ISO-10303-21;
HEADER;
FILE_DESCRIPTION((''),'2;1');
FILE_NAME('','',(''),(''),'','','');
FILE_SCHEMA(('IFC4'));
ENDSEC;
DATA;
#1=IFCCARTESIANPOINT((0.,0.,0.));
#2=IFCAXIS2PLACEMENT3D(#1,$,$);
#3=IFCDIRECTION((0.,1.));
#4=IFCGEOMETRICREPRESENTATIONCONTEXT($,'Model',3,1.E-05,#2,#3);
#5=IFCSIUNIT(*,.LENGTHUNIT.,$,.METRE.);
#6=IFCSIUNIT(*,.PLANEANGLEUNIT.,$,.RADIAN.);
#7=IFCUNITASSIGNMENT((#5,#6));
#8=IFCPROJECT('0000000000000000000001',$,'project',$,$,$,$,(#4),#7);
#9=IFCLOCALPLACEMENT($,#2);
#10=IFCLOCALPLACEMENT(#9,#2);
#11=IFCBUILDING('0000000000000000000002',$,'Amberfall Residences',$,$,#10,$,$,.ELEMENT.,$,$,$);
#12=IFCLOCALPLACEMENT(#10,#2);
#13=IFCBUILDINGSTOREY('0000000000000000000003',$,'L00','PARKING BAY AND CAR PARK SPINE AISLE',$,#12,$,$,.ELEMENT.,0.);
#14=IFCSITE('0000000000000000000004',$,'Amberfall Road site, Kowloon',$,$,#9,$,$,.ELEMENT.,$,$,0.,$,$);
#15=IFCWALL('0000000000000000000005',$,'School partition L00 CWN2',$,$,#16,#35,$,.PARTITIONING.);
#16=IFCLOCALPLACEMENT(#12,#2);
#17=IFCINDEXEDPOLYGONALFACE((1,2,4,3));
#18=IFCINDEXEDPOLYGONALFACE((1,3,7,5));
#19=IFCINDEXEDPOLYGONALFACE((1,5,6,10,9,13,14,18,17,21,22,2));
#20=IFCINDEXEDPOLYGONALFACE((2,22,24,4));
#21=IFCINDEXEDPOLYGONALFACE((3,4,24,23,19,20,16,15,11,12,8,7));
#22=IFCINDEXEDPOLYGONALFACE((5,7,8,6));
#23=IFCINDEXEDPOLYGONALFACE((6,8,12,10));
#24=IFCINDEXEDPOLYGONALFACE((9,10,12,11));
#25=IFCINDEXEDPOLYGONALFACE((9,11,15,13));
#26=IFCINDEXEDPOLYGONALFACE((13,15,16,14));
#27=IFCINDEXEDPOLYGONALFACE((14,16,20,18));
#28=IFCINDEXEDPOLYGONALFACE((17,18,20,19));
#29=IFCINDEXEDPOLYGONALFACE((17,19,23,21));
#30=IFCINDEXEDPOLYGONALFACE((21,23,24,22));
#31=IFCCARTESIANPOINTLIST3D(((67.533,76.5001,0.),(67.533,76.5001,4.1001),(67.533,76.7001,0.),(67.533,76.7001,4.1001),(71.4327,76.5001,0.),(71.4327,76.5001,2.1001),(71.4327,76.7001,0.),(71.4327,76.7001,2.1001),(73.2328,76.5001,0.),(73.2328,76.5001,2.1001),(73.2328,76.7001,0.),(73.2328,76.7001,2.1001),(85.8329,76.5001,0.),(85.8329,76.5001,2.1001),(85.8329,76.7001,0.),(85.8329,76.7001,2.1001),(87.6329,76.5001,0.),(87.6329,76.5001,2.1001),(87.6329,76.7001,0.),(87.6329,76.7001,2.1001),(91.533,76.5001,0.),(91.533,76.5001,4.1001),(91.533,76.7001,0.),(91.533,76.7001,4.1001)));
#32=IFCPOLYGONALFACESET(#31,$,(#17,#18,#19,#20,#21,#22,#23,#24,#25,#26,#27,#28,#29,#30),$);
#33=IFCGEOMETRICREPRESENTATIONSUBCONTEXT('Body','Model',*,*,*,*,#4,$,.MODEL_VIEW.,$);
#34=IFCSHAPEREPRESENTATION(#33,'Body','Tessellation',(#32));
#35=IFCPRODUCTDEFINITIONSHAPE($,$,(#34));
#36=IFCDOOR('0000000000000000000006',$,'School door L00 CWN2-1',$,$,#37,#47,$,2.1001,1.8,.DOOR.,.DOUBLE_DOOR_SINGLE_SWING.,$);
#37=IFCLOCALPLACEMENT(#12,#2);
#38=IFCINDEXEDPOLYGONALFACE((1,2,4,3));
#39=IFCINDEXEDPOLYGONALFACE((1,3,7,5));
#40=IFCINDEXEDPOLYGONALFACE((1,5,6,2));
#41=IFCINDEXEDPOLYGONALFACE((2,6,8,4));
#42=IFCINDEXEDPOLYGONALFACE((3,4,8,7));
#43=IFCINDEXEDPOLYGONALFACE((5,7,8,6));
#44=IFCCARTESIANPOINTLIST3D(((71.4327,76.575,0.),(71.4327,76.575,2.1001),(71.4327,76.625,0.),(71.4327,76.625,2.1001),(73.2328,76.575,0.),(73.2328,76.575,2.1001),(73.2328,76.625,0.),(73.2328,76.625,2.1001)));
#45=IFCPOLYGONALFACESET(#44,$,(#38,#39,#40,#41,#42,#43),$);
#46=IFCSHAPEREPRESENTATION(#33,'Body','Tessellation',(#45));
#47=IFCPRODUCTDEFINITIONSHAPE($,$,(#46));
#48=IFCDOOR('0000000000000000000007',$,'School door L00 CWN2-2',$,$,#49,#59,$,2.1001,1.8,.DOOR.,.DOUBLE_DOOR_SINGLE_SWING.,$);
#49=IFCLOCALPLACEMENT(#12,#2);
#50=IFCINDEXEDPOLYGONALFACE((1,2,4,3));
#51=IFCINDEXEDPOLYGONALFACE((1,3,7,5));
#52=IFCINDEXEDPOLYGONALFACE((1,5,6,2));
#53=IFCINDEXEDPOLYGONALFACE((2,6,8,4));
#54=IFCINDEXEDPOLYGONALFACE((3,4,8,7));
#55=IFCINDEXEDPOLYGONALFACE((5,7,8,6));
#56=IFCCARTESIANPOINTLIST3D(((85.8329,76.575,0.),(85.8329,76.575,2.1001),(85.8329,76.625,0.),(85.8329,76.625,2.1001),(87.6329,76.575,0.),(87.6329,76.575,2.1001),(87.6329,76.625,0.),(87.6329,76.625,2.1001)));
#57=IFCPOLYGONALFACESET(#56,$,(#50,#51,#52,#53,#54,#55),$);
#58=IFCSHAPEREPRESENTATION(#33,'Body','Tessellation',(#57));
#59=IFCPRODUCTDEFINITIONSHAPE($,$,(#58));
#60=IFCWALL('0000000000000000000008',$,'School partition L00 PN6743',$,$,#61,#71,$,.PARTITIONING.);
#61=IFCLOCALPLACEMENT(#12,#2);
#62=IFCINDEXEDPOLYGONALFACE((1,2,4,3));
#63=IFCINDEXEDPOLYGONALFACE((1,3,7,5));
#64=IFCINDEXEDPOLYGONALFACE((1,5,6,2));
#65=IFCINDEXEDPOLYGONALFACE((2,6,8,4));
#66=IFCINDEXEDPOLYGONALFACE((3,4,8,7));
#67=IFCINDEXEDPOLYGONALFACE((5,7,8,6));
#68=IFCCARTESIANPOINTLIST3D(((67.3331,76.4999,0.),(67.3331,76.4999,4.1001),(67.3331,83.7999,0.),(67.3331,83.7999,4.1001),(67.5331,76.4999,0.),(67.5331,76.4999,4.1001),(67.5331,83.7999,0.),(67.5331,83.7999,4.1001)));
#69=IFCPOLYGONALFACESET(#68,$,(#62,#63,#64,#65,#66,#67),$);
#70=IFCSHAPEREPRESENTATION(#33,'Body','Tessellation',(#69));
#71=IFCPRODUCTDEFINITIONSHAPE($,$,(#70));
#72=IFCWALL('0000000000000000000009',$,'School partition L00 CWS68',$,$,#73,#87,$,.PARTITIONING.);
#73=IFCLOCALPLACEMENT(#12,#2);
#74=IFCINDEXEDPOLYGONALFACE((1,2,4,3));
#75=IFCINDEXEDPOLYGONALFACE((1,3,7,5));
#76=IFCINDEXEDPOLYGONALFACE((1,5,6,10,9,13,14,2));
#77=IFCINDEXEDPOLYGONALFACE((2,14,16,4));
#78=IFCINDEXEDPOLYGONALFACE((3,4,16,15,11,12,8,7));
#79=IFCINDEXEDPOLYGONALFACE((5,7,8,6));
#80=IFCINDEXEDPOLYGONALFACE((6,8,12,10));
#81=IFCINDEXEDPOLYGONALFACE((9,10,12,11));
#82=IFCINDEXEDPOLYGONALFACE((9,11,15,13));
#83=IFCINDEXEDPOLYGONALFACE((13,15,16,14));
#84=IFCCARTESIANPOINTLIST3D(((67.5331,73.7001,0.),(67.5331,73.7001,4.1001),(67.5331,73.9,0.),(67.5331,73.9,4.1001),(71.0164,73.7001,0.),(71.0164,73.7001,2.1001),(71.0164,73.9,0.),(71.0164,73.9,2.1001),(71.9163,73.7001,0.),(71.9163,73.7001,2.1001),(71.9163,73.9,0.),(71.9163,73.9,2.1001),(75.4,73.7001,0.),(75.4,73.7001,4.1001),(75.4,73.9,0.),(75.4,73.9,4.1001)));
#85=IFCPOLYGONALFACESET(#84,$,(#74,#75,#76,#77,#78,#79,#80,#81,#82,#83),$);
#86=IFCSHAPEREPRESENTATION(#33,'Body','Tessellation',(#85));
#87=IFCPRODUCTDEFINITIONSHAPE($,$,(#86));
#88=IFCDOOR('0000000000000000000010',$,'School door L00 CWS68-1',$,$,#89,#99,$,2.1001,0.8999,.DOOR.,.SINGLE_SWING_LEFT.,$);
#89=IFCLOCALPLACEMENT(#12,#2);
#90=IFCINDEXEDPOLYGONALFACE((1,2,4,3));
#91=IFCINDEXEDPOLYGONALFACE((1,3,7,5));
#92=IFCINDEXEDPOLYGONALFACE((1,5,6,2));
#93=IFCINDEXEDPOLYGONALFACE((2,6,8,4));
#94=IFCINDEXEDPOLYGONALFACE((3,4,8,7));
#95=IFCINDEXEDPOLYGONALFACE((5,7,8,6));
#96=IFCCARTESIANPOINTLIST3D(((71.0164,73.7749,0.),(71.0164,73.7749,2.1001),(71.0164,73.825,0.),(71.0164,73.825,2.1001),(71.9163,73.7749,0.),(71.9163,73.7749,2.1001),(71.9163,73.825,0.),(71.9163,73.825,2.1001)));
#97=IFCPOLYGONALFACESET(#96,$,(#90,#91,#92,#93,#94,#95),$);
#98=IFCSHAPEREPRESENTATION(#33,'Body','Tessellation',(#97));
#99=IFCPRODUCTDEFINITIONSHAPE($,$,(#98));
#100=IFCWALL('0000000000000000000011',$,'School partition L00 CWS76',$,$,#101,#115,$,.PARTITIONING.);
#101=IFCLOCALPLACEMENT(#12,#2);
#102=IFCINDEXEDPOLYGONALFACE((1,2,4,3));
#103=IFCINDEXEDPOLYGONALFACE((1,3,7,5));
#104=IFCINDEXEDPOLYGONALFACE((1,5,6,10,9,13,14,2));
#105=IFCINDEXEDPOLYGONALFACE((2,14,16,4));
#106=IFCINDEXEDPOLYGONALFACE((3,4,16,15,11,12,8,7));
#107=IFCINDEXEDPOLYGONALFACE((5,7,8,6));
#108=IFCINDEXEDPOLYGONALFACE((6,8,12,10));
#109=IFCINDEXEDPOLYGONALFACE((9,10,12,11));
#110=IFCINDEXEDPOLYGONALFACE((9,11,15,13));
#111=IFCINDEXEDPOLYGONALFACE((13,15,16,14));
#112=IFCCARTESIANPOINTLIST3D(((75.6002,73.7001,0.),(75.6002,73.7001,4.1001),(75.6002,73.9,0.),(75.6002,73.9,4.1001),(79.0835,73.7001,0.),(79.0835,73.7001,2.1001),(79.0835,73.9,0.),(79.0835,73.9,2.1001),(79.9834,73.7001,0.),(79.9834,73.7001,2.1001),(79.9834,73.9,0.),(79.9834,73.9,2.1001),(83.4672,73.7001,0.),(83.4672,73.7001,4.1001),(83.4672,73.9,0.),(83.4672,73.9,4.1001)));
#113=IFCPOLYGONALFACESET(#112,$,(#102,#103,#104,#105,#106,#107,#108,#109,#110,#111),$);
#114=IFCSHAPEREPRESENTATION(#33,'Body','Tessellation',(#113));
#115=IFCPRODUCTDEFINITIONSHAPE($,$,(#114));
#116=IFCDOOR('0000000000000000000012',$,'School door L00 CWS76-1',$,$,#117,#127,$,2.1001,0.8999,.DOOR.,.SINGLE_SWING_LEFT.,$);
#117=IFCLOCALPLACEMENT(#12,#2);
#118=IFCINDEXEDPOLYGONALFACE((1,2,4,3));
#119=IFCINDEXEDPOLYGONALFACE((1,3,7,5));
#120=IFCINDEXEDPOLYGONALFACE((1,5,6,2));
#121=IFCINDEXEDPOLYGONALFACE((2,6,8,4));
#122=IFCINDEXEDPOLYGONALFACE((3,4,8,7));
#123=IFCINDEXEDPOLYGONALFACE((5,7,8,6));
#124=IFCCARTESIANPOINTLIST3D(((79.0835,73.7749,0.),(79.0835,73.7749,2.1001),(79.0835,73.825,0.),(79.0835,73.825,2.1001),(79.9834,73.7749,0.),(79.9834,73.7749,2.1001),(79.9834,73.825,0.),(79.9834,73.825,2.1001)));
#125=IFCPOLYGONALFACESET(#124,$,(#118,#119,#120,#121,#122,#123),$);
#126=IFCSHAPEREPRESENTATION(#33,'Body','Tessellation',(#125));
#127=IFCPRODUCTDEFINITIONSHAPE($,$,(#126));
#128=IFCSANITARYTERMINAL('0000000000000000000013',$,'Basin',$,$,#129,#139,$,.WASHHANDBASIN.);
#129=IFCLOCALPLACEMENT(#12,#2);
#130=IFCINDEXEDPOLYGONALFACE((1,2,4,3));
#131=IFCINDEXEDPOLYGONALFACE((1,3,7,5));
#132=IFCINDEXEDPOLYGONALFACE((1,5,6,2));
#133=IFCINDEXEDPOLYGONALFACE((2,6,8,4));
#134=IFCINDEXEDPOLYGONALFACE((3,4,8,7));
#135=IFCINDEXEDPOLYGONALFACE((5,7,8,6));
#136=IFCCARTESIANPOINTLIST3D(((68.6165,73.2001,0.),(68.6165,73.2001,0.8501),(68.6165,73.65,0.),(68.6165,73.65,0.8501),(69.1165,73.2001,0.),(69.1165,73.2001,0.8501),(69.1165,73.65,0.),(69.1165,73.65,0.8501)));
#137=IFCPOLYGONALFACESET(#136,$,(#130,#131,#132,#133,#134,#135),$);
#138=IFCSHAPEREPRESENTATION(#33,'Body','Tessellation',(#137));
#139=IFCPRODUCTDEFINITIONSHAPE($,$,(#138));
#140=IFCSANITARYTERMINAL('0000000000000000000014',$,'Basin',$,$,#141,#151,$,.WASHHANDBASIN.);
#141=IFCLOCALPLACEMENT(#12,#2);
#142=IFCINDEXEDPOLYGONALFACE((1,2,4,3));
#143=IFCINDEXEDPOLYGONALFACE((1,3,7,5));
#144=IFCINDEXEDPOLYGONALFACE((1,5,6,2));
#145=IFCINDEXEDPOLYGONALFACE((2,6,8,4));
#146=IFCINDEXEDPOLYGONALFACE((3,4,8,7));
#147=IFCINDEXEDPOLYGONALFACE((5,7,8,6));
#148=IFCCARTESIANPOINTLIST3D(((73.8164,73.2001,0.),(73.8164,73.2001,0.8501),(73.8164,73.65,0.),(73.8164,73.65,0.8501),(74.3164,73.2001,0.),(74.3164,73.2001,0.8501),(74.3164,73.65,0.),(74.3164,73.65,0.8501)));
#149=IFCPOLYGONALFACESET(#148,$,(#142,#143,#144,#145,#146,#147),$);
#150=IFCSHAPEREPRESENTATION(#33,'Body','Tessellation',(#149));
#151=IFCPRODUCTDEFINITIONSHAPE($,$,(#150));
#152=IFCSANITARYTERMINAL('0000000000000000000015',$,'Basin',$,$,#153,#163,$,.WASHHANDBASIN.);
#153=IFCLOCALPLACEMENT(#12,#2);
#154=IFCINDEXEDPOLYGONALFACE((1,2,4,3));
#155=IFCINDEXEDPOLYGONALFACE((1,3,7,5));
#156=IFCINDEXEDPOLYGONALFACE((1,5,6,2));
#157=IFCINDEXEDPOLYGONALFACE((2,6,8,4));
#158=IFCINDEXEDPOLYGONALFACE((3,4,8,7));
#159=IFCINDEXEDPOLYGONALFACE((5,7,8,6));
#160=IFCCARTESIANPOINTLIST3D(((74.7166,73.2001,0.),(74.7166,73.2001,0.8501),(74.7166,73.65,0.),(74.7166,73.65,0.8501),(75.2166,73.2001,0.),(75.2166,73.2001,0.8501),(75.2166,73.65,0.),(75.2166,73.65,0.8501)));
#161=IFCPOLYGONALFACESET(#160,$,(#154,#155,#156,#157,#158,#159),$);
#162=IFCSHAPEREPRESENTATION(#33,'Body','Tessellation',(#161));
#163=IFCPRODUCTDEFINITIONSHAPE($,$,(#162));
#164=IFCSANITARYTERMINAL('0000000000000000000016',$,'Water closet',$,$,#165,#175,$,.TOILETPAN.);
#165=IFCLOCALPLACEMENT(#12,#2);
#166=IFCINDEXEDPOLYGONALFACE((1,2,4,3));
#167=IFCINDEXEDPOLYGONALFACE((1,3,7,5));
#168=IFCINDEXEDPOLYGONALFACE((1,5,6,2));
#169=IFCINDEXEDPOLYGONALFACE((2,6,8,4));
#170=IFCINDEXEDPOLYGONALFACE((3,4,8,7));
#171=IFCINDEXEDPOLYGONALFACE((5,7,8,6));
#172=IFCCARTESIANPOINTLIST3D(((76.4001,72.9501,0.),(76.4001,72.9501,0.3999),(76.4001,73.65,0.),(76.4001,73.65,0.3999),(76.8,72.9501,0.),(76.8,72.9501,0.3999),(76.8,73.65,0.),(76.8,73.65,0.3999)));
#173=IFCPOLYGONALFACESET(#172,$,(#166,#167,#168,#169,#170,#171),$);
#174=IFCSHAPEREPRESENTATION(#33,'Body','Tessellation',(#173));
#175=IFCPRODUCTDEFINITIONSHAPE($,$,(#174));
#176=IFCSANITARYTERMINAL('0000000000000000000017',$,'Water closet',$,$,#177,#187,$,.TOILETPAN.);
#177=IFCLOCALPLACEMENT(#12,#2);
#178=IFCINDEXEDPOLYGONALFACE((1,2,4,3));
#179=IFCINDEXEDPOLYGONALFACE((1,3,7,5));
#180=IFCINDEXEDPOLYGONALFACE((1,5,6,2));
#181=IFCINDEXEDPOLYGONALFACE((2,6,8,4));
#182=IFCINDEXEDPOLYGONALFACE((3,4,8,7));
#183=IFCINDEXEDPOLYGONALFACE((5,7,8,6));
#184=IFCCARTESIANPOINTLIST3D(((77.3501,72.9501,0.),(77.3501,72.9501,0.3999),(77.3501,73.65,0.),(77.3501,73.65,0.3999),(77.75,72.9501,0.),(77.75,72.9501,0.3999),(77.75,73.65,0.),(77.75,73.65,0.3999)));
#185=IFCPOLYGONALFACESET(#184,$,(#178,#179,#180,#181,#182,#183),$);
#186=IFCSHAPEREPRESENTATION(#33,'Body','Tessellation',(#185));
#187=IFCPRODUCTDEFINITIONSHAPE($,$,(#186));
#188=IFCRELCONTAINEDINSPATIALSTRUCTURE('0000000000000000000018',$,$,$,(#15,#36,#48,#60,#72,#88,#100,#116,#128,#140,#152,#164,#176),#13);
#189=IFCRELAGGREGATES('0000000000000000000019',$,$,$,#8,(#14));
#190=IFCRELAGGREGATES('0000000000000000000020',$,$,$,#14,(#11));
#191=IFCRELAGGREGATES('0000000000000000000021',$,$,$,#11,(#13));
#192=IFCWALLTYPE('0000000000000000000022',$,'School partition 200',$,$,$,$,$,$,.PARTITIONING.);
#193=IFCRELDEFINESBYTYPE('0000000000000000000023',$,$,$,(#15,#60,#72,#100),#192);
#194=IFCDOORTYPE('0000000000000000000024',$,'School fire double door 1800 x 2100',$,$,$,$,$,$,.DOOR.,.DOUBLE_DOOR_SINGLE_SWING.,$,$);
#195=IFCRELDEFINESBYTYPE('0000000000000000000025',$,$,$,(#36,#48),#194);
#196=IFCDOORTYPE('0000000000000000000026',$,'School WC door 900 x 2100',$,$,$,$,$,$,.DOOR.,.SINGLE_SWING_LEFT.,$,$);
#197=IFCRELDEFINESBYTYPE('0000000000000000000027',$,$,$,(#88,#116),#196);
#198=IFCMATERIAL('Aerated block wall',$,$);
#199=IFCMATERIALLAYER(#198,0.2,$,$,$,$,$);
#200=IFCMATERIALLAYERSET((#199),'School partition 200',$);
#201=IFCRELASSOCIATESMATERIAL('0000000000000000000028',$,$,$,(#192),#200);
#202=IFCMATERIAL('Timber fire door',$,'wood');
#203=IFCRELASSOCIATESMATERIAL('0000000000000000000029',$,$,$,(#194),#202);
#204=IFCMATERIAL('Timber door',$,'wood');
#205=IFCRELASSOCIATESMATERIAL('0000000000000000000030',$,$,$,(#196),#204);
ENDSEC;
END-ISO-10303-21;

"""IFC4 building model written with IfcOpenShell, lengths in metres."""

from ifc_helpers import new_model, si_unit, direction, frame, frame_2d, origin, origin_2d, place, context, subcontext, project, spatial, rectangle, extrude, material, layer, layer_set, type_object, element, fill, save


model = new_model("IFC4")

# Units and contexts
model_context = context("Model", 3, precision=1e-05, world=origin(), true_north=direction((0.0, 1.0)))
body_context = subcontext(model_context, "Body", "Model", "MODEL_VIEW")
ifc_project = project(units=[si_unit("LENGTHUNIT", "METRE"), si_unit("PLANEANGLEUNIT", "RADIAN")], contexts=[model_context])

# Site, building, storey
site_placement = place(None, origin())
site = spatial("IfcSite", under=ifc_project, at=site_placement, Name="Amberfall Road site, Kowloon", CompositionType="ELEMENT", RefElevation=0.0)
building_placement = place(site_placement, origin())
building = spatial("IfcBuilding", under=site, at=building_placement, Name="Amberfall Residences", CompositionType="ELEMENT")
storey_placement = place(building_placement, origin())
storey = spatial("IfcBuildingStorey", under=building, at=storey_placement, Name="L00", Description="PARKING BAY AND CAR PARK SPINE AISLE", CompositionType="ELEMENT", Elevation=0.0)

# Shared definitions
ifc_material_1 = material(Name="Aerated block wall")
ifc_material_2 = material(Name="Timber door", Category="wood")

# Wall, openings, doors
ifc_layer_1 = layer(ifc_material_1, 0.2)
ifc_layer_set_1 = layer_set([ifc_layer_1], Name="School partition 200")
wall_type_1 = type_object("IfcWallType", Name="School partition 200", PredefinedType="PARTITIONING", material=ifc_layer_set_1)
wall_1_placement = place(storey_placement, frame((67.533, 76.6001, 0.0), z_axis=(0.0, 0.0, 1.0), x_axis=(1.0, 0.0, 0.0)))
wall_1 = element("IfcWall", 1, at=wall_1_placement, inside=storey, type_object=wall_type_1, Name="School partition L00 CWN2", PredefinedType="PARTITIONING", context=body_context, shape_type="SweptSolid", body=[
    extrude(rectangle(XDim=24.0, YDim=0.2, at=frame_2d((12.0, 0.0))), origin(), (0.0, 0.0, 1.0), 4.1001),
])
opening_1_placement = place(wall_1_placement, frame((3.8999, 0.0, 0.0)))
opening_1 = element("IfcOpeningElement", 2, at=opening_1_placement, cuts=wall_1, PredefinedType="OPENING", context=body_context, shape_type="SweptSolid", body=[
    extrude(rectangle(XDim=1.8, YDim=2.1001, at=frame_2d((0.8999, 1.05))), frame((0.0, 0.1099, 0.0), z_axis=(0.0, -1.0, 0.0), x_axis=(1.0, 0.0, 0.0)), (0.0, 0.0, 1.0), 0.22),
])
opening_2_placement = place(wall_1_placement, frame((18.3, 0.0, 0.0)))
opening_2 = element("IfcOpeningElement", 3, at=opening_2_placement, cuts=wall_1, PredefinedType="OPENING", context=body_context, shape_type="SweptSolid", body=[
    extrude(rectangle(XDim=1.8, YDim=2.1001, at=frame_2d((0.8999, 1.05))), frame((0.0, 0.1099, 0.0), z_axis=(0.0, -1.0, 0.0), x_axis=(1.0, 0.0, 0.0)), (0.0, 0.0, 1.0), 0.22),
])
ifc_material_3 = material(Name="Timber fire door", Category="wood")
door_type_1 = type_object("IfcDoorType", Name="School fire double door 1800 x 2100", OperationType="DOUBLE_DOOR_SINGLE_SWING", PredefinedType="DOOR", material=ifc_material_3)
door_1_placement = place(opening_1_placement, origin())
door_1 = element("IfcDoor", 4, at=door_1_placement, inside=storey, type_object=door_type_1, Name="School door L00 CWN2-1", OperationType="DOUBLE_DOOR_SINGLE_SWING", OverallHeight=2.1001, OverallWidth=1.8, PredefinedType="DOOR", context=body_context, shape_type="SweptSolid", body=[
    extrude(rectangle(XDim=1.8, YDim=2.1001, at=frame_2d((0.8999, 1.05))), frame((0.0, 0.0249, 0.0), z_axis=(0.0, -1.0, 0.0), x_axis=(1.0, 0.0, 0.0)), (0.0, 0.0, 1.0), 0.05),
])
fill(opening_1, door_1)
door_2_placement = place(opening_2_placement, origin())
door_2 = element("IfcDoor", 5, at=door_2_placement, inside=storey, type_object=door_type_1, Name="School door L00 CWN2-2", OperationType="DOUBLE_DOOR_SINGLE_SWING", OverallHeight=2.1001, OverallWidth=1.8, PredefinedType="DOOR", context=body_context, shape_type="SweptSolid", body=[
    extrude(rectangle(XDim=1.8, YDim=2.1001, at=frame_2d((0.8999, 1.05))), frame((0.0, 0.0249, 0.0), z_axis=(0.0, -1.0, 0.0), x_axis=(1.0, 0.0, 0.0)), (0.0, 0.0, 1.0), 0.05),
])
fill(opening_2, door_2)

# Wall
wall_2_placement = place(storey_placement, frame((67.4331, 76.5, 0.0), z_axis=(0.0, 0.0, 1.0), x_axis=(0.0, 1.0, 0.0)))
element("IfcWall", 6, at=wall_2_placement, inside=storey, type_object=wall_type_1, Name="School partition L00 PN6743", PredefinedType="PARTITIONING", context=body_context, shape_type="SweptSolid", body=[
    extrude(rectangle(XDim=7.3, YDim=0.2, at=frame_2d((3.6499, 0.0))), origin(), (0.0, 0.0, 1.0), 4.1001),
])

# Walls, openings, doors
wall_3_placement = place(storey_placement, frame((67.533, 73.8, 0.0), z_axis=(0.0, 0.0, 1.0), x_axis=(1.0, 0.0, 0.0)))
wall_3 = element("IfcWall", 7, at=wall_3_placement, inside=storey, type_object=wall_type_1, Name="School partition L00 CWS68", PredefinedType="PARTITIONING", context=body_context, shape_type="SweptSolid", body=[
    extrude(rectangle(XDim=7.8669, YDim=0.2, at=frame_2d((3.9336, 0.0))), origin(), (0.0, 0.0, 1.0), 4.1001),
])
opening_3_placement = place(wall_3_placement, frame((3.4834, 0.0, 0.0)))
opening_3 = element("IfcOpeningElement", 8, at=opening_3_placement, cuts=wall_3, PredefinedType="OPENING", context=body_context, shape_type="SweptSolid", body=[
    extrude(rectangle(XDim=0.8999, YDim=2.1001, at=frame_2d((0.45, 1.05))), frame((0.0, 0.1099, 0.0), z_axis=(0.0, -1.0, 0.0), x_axis=(1.0, 0.0, 0.0)), (0.0, 0.0, 1.0), 0.22),
])
door_type_2 = type_object("IfcDoorType", Name="School WC door 900 x 2100", OperationType="SINGLE_SWING_LEFT", PredefinedType="DOOR", material=ifc_material_2)
door_3_placement = place(opening_3_placement, origin())
door_3 = element("IfcDoor", 9, at=door_3_placement, inside=storey, type_object=door_type_2, Name="School door L00 CWS68-1", OperationType="SINGLE_SWING_LEFT", OverallHeight=2.1001, OverallWidth=0.8999, PredefinedType="DOOR", context=body_context, shape_type="SweptSolid", body=[
    extrude(rectangle(XDim=0.8999, YDim=2.1001, at=frame_2d((0.45, 1.05))), frame((0.0, 0.0249, 0.0), z_axis=(0.0, -1.0, 0.0), x_axis=(1.0, 0.0, 0.0)), (0.0, 0.0, 1.0), 0.05),
])
fill(opening_3, door_3)
wall_4_placement = place(storey_placement, frame((75.6001, 73.8, 0.0), z_axis=(0.0, 0.0, 1.0), x_axis=(1.0, 0.0, 0.0)))
wall_4 = element("IfcWall", 10, at=wall_4_placement, inside=storey, type_object=wall_type_1, Name="School partition L00 CWS76", PredefinedType="PARTITIONING", context=body_context, shape_type="SweptSolid", body=[
    extrude(rectangle(XDim=7.8669, YDim=0.2, at=frame_2d((3.9336, 0.0))), origin(), (0.0, 0.0, 1.0), 4.1001),
])
opening_4_placement = place(wall_4_placement, frame((3.4834, 0.0, 0.0)))
opening_4 = element("IfcOpeningElement", 11, at=opening_4_placement, cuts=wall_4, PredefinedType="OPENING", context=body_context, shape_type="SweptSolid", body=[
    extrude(rectangle(XDim=0.8999, YDim=2.1001, at=frame_2d((0.45, 1.05))), frame((0.0, 0.1099, 0.0), z_axis=(0.0, -1.0, 0.0), x_axis=(1.0, 0.0, 0.0)), (0.0, 0.0, 1.0), 0.22),
])
door_4_placement = place(opening_4_placement, origin())
door_4 = element("IfcDoor", 12, at=door_4_placement, inside=storey, type_object=door_type_2, Name="School door L00 CWS76-1", OperationType="SINGLE_SWING_LEFT", OverallHeight=2.1001, OverallWidth=0.8999, PredefinedType="DOOR", context=body_context, shape_type="SweptSolid", body=[
    extrude(rectangle(XDim=0.8999, YDim=2.1001, at=frame_2d((0.45, 1.05))), frame((0.0, 0.0249, 0.0), z_axis=(0.0, -1.0, 0.0), x_axis=(1.0, 0.0, 0.0)), (0.0, 0.0, 1.0), 0.05),
])
fill(opening_4, door_4)

# Sanitary terminals
for number, where, z_axis, x_axis, name in (
    (13, (68.8665, 73.425, 0.0), (0.0, 0.0, 1.0), (1.0, 0.0, 0.0), "Basin"),
    (14, (74.0664, 73.425, 0.0), (0.0, 0.0, 1.0), (1.0, 0.0, 0.0), "Basin"),
    (15, (74.9666, 73.425, 0.0), (0.0, 0.0, 1.0), (1.0, 0.0, 0.0), "Basin"),
):
    element("IfcSanitaryTerminal", number, at=place(storey_placement, frame(where, z_axis=z_axis, x_axis=x_axis)), inside=storey, Name=name, PredefinedType="WASHHANDBASIN", context=body_context, shape_type="SweptSolid", body=[
        extrude(rectangle(XDim=0.5, YDim=0.45, at=origin_2d()), origin(), (0.0, 0.0, 1.0), 0.8501),
    ])
for number, where, z_axis, x_axis, name in (
    (16, (76.6001, 73.3, 0.0), (0.0, 0.0, 1.0), (1.0, 0.0, 0.0), "Water closet"),
    (17, (77.55, 73.3, 0.0), (0.0, 0.0, 1.0), (1.0, 0.0, 0.0), "Water closet"),
):
    element("IfcSanitaryTerminal", number, at=place(storey_placement, frame(where, z_axis=z_axis, x_axis=x_axis)), inside=storey, Name=name, PredefinedType="TOILETPAN", context=body_context, shape_type="SweptSolid", body=[
        extrude(rectangle(XDim=0.3999, YDim=0.7, at=origin_2d()), origin(), (0.0, 0.0, 1.0), 0.3999),
    ])

save(model, "model.ifc")
